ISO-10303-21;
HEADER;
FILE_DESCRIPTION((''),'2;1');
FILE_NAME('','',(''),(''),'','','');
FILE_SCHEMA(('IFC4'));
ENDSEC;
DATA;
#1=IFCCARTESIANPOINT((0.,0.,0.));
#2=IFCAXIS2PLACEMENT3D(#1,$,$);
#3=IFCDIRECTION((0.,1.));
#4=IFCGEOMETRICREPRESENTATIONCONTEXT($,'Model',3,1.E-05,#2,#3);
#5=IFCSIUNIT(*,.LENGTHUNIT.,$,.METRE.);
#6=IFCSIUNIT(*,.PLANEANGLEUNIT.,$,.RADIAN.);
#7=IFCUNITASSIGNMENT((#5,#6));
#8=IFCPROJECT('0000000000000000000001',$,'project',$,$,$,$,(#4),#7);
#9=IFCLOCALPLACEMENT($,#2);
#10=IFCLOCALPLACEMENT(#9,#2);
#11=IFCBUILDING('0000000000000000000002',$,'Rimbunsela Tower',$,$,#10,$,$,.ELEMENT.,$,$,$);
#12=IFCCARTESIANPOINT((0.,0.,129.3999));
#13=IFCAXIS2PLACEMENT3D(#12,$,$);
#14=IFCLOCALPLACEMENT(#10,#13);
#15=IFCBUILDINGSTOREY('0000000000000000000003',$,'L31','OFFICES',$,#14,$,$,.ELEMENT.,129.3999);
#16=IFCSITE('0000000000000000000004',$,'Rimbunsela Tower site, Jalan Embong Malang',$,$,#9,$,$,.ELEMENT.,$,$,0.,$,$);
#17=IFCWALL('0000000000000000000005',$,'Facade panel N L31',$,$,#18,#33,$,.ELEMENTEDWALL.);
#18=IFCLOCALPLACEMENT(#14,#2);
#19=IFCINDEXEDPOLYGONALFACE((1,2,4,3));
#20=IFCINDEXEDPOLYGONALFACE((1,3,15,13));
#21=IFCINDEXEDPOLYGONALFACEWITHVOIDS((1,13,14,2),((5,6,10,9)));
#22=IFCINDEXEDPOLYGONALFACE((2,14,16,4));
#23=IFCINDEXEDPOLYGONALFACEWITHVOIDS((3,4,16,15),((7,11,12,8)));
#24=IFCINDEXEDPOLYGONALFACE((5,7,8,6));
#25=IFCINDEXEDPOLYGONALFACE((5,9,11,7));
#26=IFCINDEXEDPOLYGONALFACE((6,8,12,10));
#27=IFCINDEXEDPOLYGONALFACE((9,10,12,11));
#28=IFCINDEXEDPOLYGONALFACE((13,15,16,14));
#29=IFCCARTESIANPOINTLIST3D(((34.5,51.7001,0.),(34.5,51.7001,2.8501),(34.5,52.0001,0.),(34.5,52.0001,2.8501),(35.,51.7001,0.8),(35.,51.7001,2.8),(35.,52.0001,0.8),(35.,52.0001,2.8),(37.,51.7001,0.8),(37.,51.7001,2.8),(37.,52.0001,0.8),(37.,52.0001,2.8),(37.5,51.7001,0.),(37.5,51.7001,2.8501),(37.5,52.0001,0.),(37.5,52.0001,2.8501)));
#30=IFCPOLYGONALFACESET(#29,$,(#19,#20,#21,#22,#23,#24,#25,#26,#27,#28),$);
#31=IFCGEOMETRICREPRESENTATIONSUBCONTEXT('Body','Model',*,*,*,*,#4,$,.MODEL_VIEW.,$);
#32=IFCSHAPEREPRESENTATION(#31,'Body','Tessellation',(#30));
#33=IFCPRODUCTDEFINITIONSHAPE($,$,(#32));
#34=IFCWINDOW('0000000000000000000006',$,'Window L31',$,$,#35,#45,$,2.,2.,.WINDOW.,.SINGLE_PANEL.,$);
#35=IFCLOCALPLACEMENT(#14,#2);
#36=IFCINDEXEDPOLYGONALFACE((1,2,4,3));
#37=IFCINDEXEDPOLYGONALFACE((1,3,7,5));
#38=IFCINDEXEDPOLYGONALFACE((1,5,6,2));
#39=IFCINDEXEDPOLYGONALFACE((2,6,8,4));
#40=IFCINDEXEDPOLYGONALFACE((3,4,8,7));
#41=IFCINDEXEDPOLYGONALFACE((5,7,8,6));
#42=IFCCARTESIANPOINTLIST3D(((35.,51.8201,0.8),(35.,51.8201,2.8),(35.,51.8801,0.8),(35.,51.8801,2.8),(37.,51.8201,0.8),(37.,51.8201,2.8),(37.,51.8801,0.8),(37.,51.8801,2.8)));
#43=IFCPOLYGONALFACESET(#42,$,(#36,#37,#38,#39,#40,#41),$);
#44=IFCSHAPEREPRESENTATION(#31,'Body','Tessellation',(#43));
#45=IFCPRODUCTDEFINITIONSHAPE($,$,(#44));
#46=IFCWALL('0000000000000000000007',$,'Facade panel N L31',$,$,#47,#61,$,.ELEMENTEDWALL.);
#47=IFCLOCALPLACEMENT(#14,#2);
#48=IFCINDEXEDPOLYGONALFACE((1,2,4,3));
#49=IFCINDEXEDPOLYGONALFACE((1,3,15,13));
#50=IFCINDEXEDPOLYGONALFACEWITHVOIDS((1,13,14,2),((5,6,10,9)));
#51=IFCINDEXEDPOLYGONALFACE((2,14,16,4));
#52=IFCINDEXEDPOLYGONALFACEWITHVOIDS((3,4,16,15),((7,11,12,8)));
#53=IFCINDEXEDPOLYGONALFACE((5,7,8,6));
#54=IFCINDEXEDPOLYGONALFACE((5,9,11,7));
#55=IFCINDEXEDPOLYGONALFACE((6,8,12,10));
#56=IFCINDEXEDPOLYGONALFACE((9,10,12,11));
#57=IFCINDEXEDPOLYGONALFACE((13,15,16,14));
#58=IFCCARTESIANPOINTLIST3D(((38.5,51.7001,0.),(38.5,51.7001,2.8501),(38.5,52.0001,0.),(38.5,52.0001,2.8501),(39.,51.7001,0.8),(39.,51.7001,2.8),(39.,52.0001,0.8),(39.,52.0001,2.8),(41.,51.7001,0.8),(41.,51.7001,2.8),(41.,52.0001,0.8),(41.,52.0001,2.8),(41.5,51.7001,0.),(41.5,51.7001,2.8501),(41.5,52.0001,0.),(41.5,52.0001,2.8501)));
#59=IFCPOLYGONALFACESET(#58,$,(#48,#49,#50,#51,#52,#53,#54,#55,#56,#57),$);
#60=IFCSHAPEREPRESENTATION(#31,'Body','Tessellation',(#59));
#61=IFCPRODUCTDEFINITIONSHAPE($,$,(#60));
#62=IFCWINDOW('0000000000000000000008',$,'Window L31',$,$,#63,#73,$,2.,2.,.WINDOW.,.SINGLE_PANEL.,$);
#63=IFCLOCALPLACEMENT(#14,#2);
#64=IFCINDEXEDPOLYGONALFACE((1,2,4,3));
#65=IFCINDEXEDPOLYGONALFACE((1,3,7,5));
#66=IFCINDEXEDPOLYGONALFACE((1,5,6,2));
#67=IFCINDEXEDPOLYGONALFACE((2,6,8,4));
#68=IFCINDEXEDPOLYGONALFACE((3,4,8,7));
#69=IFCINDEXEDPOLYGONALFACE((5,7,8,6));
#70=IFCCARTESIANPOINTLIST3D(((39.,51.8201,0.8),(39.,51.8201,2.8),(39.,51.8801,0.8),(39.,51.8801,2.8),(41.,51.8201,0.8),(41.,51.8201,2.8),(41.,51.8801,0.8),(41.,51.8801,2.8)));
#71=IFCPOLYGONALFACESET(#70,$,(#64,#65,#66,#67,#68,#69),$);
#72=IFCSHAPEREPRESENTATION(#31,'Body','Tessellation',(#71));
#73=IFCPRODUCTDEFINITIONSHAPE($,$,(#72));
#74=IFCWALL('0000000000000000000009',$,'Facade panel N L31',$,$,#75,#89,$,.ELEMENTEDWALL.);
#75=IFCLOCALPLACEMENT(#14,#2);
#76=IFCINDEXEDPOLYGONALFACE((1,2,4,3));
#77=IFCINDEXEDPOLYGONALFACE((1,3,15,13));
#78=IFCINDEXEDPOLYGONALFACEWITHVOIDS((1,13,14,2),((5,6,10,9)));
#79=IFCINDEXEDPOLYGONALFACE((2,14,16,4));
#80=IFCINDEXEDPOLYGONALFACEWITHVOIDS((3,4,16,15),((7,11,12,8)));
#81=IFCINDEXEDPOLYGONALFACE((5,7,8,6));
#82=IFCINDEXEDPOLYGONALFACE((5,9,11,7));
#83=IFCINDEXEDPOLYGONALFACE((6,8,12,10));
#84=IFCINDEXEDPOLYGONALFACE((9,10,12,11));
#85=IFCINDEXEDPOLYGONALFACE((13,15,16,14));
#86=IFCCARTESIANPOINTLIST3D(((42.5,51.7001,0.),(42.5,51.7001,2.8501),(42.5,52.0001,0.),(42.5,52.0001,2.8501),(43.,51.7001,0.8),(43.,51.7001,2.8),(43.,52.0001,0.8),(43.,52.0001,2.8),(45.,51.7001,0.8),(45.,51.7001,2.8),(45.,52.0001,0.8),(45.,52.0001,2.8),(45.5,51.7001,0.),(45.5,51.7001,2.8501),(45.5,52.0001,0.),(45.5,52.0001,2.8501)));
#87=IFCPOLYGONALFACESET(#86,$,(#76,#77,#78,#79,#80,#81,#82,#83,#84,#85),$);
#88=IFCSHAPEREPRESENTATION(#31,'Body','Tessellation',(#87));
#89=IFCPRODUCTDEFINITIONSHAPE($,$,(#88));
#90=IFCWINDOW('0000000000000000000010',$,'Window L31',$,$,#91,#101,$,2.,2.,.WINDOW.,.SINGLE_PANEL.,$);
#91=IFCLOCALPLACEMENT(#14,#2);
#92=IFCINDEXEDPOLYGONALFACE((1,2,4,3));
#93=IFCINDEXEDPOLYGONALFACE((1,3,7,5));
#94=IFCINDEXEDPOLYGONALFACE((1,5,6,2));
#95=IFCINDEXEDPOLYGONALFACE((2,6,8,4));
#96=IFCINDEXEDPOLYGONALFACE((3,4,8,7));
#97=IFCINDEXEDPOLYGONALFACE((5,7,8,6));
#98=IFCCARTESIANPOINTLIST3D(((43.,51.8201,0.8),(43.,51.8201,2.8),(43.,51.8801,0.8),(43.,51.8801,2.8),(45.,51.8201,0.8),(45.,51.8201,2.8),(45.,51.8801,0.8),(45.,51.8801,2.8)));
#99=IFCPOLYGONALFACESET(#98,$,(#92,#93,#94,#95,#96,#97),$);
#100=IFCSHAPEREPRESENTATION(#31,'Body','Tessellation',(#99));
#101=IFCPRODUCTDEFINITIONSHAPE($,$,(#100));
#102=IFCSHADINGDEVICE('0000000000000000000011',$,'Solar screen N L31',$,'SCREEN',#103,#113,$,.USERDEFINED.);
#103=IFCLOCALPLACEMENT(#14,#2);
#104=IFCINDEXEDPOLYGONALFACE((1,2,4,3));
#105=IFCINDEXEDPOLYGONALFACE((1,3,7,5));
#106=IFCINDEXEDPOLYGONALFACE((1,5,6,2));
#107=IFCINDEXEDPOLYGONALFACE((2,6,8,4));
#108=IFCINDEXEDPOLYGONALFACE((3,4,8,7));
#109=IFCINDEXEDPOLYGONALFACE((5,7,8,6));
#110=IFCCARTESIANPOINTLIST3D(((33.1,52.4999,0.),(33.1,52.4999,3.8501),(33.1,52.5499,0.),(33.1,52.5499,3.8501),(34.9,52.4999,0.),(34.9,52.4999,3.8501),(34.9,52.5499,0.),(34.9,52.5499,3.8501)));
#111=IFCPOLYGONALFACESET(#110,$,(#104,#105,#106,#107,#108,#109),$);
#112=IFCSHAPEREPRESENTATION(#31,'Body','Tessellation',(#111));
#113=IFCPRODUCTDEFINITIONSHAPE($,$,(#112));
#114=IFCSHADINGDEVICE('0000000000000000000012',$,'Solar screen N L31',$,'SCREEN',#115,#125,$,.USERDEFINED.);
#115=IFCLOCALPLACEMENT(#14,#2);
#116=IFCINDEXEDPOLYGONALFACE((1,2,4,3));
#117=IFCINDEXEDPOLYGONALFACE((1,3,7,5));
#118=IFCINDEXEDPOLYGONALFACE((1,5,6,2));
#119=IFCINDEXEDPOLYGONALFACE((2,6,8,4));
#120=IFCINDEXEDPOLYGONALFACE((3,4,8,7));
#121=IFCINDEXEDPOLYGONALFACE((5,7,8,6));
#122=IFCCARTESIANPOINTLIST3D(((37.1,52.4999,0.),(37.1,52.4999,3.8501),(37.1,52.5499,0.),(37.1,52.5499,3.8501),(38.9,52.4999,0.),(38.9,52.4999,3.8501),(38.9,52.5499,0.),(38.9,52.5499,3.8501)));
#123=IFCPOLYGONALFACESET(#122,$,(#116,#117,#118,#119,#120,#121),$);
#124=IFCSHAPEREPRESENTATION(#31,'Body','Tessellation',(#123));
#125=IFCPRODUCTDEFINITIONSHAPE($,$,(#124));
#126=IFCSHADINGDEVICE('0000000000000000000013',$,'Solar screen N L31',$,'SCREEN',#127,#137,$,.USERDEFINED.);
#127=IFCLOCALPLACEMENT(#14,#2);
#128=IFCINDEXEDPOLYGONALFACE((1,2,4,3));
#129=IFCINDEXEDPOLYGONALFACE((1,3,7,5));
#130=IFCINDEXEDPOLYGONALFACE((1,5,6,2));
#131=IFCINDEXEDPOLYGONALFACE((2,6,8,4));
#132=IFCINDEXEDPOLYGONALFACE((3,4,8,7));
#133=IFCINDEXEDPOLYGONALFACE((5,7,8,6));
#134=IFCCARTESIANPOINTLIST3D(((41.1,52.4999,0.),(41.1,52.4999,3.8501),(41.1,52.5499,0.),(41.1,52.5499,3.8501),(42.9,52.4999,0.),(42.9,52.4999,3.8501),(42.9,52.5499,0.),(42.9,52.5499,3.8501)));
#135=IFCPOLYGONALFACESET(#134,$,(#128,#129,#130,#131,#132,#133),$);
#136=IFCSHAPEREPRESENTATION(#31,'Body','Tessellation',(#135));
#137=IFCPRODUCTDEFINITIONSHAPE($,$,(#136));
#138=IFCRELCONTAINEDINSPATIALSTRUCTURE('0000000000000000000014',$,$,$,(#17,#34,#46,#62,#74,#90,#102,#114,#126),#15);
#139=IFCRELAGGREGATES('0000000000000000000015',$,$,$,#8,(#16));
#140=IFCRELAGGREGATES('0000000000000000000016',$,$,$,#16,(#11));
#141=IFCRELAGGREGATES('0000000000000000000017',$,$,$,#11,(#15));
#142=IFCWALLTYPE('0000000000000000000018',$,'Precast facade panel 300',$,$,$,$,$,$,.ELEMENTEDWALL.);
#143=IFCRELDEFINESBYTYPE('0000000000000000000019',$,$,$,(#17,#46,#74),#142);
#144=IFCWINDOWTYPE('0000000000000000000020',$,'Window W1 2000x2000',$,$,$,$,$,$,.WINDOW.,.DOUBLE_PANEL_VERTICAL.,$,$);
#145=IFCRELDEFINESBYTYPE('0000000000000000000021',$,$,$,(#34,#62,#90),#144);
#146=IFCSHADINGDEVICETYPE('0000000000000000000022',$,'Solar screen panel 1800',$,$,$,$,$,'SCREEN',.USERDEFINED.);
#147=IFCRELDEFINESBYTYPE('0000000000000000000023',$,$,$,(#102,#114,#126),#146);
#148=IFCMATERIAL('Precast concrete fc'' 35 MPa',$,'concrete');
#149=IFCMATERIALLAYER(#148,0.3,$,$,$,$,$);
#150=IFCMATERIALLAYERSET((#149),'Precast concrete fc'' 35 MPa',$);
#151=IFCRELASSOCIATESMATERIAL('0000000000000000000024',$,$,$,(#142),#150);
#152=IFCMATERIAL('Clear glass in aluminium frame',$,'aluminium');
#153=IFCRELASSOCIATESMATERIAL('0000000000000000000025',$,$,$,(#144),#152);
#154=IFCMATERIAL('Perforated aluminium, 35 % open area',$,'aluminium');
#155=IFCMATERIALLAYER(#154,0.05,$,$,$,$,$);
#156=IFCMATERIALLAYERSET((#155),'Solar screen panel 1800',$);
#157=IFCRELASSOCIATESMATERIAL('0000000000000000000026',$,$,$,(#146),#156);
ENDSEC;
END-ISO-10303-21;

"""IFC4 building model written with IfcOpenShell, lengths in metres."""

from ifc_helpers import new_model, si_unit, direction, frame, frame_2d, origin, origin_2d, place, context, subcontext, project, spatial, rectangle, extrude, material, layer, layer_set, type_object, element, fill, save


model = new_model("IFC4")

# Units and contexts
model_context = context("Model", 3, precision=1e-05, world=origin(), true_north=direction((0.0, 1.0)))
body_context = subcontext(model_context, "Body", "Model", "MODEL_VIEW")
ifc_project = project(units=[si_unit("LENGTHUNIT", "METRE"), si_unit("PLANEANGLEUNIT", "RADIAN")], contexts=[model_context])

# Site, building, storey
site_placement = place(None, origin())
site = spatial("IfcSite", under=ifc_project, at=site_placement, Name="Rimbunsela Tower site, Jalan Embong Malang", CompositionType="ELEMENT", RefElevation=0.0)
building_placement = place(site_placement, origin())
building = spatial("IfcBuilding", under=site, at=building_placement, Name="Rimbunsela Tower", CompositionType="ELEMENT")
storey_placement = place(building_placement, frame((0.0, 0.0, 129.3999)))
storey = spatial("IfcBuildingStorey", under=building, at=storey_placement, Name="L31", Description="OFFICES", CompositionType="ELEMENT", Elevation=129.3999)

# Walls, openings, windows
ifc_material_1 = material(Name="Precast concrete fc' 35 MPa", Category="concrete")
ifc_layer_1 = layer(ifc_material_1, 0.3)
ifc_layer_set_1 = layer_set([ifc_layer_1], Name="Precast concrete fc' 35 MPa")
wall_type_1 = type_object("IfcWallType", Name="Precast facade panel 300", PredefinedType="ELEMENTEDWALL", material=ifc_layer_set_1)
wall_1_placement = place(storey_placement, frame((37.5, 51.8501, 0.0), z_axis=(0.0, 0.0, 1.0), x_axis=(-1.0, 0.0, 0.0)))
wall_1 = element("IfcWall", 1, at=wall_1_placement, inside=storey, type_object=wall_type_1, Name="Facade panel N L31", PredefinedType="ELEMENTEDWALL", context=body_context, shape_type="SweptSolid", body=[
    extrude(rectangle(XDim=3.0, YDim=0.3, at=frame_2d((1.5, 0.0))), origin(), (0.0, 0.0, 1.0), 2.8501),
])
opening_1_placement = place(wall_1_placement, frame((0.5, 0.0, 0.8)))
opening_1 = element("IfcOpeningElement", 2, at=opening_1_placement, cuts=wall_1, PredefinedType="OPENING", context=body_context, shape_type="SweptSolid", body=[
    extrude(rectangle(XDim=2.0, YDim=2.0, at=frame_2d((1.0, 1.0))), frame((0.0, 0.1599, 0.0), z_axis=(0.0, -1.0, 0.0), x_axis=(1.0, 0.0, 0.0)), (0.0, 0.0, 1.0), 0.3201),
])
ifc_material_2 = material(Name="Clear glass in aluminium frame", Category="aluminium")
window_type = type_object("IfcWindowType", Name="Window W1 2000x2000", PartitioningType="DOUBLE_PANEL_VERTICAL", PredefinedType="WINDOW", material=ifc_material_2)
window_1_placement = place(opening_1_placement, origin())
window_1 = element("IfcWindow", 3, at=window_1_placement, inside=storey, type_object=window_type, Name="Window L31", OverallHeight=2.0, OverallWidth=2.0, PartitioningType="SINGLE_PANEL", PredefinedType="WINDOW", context=body_context, shape_type="SweptSolid", body=[
    extrude(rectangle(XDim=2.0, YDim=2.0, at=frame_2d((1.0, 1.0))), frame((0.0, 0.03, 0.0), z_axis=(0.0, -1.0, 0.0), x_axis=(1.0, 0.0, 0.0)), (0.0, 0.0, 1.0), 0.0601),
])
fill(opening_1, window_1)
wall_2_placement = place(storey_placement, frame((41.5, 51.8501, 0.0), z_axis=(0.0, 0.0, 1.0), x_axis=(-1.0, 0.0, 0.0)))
wall_2 = element("IfcWall", 4, at=wall_2_placement, inside=storey, type_object=wall_type_1, Name="Facade panel N L31", PredefinedType="ELEMENTEDWALL", context=body_context, shape_type="SweptSolid", body=[
    extrude(rectangle(XDim=3.0, YDim=0.3, at=frame_2d((1.5, 0.0))), origin(), (0.0, 0.0, 1.0), 2.8501),
])
opening_2_placement = place(wall_2_placement, frame((0.5, 0.0, 0.8)))
opening_2 = element("IfcOpeningElement", 5, at=opening_2_placement, cuts=wall_2, PredefinedType="OPENING", context=body_context, shape_type="SweptSolid", body=[
    extrude(rectangle(XDim=2.0, YDim=2.0, at=frame_2d((1.0, 1.0))), frame((0.0, 0.1599, 0.0), z_axis=(0.0, -1.0, 0.0), x_axis=(1.0, 0.0, 0.0)), (0.0, 0.0, 1.0), 0.3201),
])
window_2_placement = place(opening_2_placement, origin())
window_2 = element("IfcWindow", 6, at=window_2_placement, inside=storey, type_object=window_type, Name="Window L31", OverallHeight=2.0, OverallWidth=2.0, PartitioningType="SINGLE_PANEL", PredefinedType="WINDOW", context=body_context, shape_type="SweptSolid", body=[
    extrude(rectangle(XDim=2.0, YDim=2.0, at=frame_2d((1.0, 1.0))), frame((0.0, 0.03, 0.0), z_axis=(0.0, -1.0, 0.0), x_axis=(1.0, 0.0, 0.0)), (0.0, 0.0, 1.0), 0.0601),
])
fill(opening_2, window_2)
wall_3_placement = place(storey_placement, frame((45.5, 51.8501, 0.0), z_axis=(0.0, 0.0, 1.0), x_axis=(-1.0, 0.0, 0.0)))
wall_3 = element("IfcWall", 7, at=wall_3_placement, inside=storey, type_object=wall_type_1, Name="Facade panel N L31", PredefinedType="ELEMENTEDWALL", context=body_context, shape_type="SweptSolid", body=[
    extrude(rectangle(XDim=3.0, YDim=0.3, at=frame_2d((1.5, 0.0))), origin(), (0.0, 0.0, 1.0), 2.8501),
])
opening_3_placement = place(wall_3_placement, frame((0.5, 0.0, 0.8)))
opening_3 = element("IfcOpeningElement", 8, at=opening_3_placement, cuts=wall_3, PredefinedType="OPENING", context=body_context, shape_type="SweptSolid", body=[
    extrude(rectangle(XDim=2.0, YDim=2.0, at=frame_2d((1.0, 1.0))), frame((0.0, 0.1599, 0.0), z_axis=(0.0, -1.0, 0.0), x_axis=(1.0, 0.0, 0.0)), (0.0, 0.0, 1.0), 0.3201),
])
window_3_placement = place(opening_3_placement, origin())
window_3 = element("IfcWindow", 9, at=window_3_placement, inside=storey, type_object=window_type, Name="Window L31", OverallHeight=2.0, OverallWidth=2.0, PartitioningType="SINGLE_PANEL", PredefinedType="WINDOW", context=body_context, shape_type="SweptSolid", body=[
    extrude(rectangle(XDim=2.0, YDim=2.0, at=frame_2d((1.0, 1.0))), frame((0.0, 0.03, 0.0), z_axis=(0.0, -1.0, 0.0), x_axis=(1.0, 0.0, 0.0)), (0.0, 0.0, 1.0), 0.0601),
])
fill(opening_3, window_3)

# Shading devices
ifc_material_3 = material(Name="Perforated aluminium, 35 % open area", Category="aluminium")
ifc_layer_2 = layer(ifc_material_3, 0.05)
ifc_layer_set_2 = layer_set([ifc_layer_2], Name="Solar screen panel 1800")
shading_device_type = type_object("IfcShadingDeviceType", Name="Solar screen panel 1800", ElementType="SCREEN", PredefinedType="USERDEFINED", material=ifc_layer_set_2)
for number, where, z_axis, x_axis, name in (
    (10, (34.0, 52.5249, 0.0), (0.0, 0.0, 1.0), (1.0, 0.0, 0.0), "Solar screen N L31"),
    (11, (38.0, 52.5249, 0.0), (0.0, 0.0, 1.0), (1.0, 0.0, 0.0), "Solar screen N L31"),
    (12, (42.0, 52.5249, 0.0), (0.0, 0.0, 1.0), (1.0, 0.0, 0.0), "Solar screen N L31"),
):
    element("IfcShadingDevice", number, at=place(storey_placement, frame(where, z_axis=z_axis, x_axis=x_axis)), inside=storey, type_object=shading_device_type, Name=name, ObjectType="SCREEN", PredefinedType="USERDEFINED", context=body_context, shape_type="SweptSolid", body=[
        extrude(rectangle(XDim=1.8, YDim=0.05, at=origin_2d()), origin(), (0.0, 0.0, 1.0), 3.8501),
    ])

save(model, "model.ifc")
